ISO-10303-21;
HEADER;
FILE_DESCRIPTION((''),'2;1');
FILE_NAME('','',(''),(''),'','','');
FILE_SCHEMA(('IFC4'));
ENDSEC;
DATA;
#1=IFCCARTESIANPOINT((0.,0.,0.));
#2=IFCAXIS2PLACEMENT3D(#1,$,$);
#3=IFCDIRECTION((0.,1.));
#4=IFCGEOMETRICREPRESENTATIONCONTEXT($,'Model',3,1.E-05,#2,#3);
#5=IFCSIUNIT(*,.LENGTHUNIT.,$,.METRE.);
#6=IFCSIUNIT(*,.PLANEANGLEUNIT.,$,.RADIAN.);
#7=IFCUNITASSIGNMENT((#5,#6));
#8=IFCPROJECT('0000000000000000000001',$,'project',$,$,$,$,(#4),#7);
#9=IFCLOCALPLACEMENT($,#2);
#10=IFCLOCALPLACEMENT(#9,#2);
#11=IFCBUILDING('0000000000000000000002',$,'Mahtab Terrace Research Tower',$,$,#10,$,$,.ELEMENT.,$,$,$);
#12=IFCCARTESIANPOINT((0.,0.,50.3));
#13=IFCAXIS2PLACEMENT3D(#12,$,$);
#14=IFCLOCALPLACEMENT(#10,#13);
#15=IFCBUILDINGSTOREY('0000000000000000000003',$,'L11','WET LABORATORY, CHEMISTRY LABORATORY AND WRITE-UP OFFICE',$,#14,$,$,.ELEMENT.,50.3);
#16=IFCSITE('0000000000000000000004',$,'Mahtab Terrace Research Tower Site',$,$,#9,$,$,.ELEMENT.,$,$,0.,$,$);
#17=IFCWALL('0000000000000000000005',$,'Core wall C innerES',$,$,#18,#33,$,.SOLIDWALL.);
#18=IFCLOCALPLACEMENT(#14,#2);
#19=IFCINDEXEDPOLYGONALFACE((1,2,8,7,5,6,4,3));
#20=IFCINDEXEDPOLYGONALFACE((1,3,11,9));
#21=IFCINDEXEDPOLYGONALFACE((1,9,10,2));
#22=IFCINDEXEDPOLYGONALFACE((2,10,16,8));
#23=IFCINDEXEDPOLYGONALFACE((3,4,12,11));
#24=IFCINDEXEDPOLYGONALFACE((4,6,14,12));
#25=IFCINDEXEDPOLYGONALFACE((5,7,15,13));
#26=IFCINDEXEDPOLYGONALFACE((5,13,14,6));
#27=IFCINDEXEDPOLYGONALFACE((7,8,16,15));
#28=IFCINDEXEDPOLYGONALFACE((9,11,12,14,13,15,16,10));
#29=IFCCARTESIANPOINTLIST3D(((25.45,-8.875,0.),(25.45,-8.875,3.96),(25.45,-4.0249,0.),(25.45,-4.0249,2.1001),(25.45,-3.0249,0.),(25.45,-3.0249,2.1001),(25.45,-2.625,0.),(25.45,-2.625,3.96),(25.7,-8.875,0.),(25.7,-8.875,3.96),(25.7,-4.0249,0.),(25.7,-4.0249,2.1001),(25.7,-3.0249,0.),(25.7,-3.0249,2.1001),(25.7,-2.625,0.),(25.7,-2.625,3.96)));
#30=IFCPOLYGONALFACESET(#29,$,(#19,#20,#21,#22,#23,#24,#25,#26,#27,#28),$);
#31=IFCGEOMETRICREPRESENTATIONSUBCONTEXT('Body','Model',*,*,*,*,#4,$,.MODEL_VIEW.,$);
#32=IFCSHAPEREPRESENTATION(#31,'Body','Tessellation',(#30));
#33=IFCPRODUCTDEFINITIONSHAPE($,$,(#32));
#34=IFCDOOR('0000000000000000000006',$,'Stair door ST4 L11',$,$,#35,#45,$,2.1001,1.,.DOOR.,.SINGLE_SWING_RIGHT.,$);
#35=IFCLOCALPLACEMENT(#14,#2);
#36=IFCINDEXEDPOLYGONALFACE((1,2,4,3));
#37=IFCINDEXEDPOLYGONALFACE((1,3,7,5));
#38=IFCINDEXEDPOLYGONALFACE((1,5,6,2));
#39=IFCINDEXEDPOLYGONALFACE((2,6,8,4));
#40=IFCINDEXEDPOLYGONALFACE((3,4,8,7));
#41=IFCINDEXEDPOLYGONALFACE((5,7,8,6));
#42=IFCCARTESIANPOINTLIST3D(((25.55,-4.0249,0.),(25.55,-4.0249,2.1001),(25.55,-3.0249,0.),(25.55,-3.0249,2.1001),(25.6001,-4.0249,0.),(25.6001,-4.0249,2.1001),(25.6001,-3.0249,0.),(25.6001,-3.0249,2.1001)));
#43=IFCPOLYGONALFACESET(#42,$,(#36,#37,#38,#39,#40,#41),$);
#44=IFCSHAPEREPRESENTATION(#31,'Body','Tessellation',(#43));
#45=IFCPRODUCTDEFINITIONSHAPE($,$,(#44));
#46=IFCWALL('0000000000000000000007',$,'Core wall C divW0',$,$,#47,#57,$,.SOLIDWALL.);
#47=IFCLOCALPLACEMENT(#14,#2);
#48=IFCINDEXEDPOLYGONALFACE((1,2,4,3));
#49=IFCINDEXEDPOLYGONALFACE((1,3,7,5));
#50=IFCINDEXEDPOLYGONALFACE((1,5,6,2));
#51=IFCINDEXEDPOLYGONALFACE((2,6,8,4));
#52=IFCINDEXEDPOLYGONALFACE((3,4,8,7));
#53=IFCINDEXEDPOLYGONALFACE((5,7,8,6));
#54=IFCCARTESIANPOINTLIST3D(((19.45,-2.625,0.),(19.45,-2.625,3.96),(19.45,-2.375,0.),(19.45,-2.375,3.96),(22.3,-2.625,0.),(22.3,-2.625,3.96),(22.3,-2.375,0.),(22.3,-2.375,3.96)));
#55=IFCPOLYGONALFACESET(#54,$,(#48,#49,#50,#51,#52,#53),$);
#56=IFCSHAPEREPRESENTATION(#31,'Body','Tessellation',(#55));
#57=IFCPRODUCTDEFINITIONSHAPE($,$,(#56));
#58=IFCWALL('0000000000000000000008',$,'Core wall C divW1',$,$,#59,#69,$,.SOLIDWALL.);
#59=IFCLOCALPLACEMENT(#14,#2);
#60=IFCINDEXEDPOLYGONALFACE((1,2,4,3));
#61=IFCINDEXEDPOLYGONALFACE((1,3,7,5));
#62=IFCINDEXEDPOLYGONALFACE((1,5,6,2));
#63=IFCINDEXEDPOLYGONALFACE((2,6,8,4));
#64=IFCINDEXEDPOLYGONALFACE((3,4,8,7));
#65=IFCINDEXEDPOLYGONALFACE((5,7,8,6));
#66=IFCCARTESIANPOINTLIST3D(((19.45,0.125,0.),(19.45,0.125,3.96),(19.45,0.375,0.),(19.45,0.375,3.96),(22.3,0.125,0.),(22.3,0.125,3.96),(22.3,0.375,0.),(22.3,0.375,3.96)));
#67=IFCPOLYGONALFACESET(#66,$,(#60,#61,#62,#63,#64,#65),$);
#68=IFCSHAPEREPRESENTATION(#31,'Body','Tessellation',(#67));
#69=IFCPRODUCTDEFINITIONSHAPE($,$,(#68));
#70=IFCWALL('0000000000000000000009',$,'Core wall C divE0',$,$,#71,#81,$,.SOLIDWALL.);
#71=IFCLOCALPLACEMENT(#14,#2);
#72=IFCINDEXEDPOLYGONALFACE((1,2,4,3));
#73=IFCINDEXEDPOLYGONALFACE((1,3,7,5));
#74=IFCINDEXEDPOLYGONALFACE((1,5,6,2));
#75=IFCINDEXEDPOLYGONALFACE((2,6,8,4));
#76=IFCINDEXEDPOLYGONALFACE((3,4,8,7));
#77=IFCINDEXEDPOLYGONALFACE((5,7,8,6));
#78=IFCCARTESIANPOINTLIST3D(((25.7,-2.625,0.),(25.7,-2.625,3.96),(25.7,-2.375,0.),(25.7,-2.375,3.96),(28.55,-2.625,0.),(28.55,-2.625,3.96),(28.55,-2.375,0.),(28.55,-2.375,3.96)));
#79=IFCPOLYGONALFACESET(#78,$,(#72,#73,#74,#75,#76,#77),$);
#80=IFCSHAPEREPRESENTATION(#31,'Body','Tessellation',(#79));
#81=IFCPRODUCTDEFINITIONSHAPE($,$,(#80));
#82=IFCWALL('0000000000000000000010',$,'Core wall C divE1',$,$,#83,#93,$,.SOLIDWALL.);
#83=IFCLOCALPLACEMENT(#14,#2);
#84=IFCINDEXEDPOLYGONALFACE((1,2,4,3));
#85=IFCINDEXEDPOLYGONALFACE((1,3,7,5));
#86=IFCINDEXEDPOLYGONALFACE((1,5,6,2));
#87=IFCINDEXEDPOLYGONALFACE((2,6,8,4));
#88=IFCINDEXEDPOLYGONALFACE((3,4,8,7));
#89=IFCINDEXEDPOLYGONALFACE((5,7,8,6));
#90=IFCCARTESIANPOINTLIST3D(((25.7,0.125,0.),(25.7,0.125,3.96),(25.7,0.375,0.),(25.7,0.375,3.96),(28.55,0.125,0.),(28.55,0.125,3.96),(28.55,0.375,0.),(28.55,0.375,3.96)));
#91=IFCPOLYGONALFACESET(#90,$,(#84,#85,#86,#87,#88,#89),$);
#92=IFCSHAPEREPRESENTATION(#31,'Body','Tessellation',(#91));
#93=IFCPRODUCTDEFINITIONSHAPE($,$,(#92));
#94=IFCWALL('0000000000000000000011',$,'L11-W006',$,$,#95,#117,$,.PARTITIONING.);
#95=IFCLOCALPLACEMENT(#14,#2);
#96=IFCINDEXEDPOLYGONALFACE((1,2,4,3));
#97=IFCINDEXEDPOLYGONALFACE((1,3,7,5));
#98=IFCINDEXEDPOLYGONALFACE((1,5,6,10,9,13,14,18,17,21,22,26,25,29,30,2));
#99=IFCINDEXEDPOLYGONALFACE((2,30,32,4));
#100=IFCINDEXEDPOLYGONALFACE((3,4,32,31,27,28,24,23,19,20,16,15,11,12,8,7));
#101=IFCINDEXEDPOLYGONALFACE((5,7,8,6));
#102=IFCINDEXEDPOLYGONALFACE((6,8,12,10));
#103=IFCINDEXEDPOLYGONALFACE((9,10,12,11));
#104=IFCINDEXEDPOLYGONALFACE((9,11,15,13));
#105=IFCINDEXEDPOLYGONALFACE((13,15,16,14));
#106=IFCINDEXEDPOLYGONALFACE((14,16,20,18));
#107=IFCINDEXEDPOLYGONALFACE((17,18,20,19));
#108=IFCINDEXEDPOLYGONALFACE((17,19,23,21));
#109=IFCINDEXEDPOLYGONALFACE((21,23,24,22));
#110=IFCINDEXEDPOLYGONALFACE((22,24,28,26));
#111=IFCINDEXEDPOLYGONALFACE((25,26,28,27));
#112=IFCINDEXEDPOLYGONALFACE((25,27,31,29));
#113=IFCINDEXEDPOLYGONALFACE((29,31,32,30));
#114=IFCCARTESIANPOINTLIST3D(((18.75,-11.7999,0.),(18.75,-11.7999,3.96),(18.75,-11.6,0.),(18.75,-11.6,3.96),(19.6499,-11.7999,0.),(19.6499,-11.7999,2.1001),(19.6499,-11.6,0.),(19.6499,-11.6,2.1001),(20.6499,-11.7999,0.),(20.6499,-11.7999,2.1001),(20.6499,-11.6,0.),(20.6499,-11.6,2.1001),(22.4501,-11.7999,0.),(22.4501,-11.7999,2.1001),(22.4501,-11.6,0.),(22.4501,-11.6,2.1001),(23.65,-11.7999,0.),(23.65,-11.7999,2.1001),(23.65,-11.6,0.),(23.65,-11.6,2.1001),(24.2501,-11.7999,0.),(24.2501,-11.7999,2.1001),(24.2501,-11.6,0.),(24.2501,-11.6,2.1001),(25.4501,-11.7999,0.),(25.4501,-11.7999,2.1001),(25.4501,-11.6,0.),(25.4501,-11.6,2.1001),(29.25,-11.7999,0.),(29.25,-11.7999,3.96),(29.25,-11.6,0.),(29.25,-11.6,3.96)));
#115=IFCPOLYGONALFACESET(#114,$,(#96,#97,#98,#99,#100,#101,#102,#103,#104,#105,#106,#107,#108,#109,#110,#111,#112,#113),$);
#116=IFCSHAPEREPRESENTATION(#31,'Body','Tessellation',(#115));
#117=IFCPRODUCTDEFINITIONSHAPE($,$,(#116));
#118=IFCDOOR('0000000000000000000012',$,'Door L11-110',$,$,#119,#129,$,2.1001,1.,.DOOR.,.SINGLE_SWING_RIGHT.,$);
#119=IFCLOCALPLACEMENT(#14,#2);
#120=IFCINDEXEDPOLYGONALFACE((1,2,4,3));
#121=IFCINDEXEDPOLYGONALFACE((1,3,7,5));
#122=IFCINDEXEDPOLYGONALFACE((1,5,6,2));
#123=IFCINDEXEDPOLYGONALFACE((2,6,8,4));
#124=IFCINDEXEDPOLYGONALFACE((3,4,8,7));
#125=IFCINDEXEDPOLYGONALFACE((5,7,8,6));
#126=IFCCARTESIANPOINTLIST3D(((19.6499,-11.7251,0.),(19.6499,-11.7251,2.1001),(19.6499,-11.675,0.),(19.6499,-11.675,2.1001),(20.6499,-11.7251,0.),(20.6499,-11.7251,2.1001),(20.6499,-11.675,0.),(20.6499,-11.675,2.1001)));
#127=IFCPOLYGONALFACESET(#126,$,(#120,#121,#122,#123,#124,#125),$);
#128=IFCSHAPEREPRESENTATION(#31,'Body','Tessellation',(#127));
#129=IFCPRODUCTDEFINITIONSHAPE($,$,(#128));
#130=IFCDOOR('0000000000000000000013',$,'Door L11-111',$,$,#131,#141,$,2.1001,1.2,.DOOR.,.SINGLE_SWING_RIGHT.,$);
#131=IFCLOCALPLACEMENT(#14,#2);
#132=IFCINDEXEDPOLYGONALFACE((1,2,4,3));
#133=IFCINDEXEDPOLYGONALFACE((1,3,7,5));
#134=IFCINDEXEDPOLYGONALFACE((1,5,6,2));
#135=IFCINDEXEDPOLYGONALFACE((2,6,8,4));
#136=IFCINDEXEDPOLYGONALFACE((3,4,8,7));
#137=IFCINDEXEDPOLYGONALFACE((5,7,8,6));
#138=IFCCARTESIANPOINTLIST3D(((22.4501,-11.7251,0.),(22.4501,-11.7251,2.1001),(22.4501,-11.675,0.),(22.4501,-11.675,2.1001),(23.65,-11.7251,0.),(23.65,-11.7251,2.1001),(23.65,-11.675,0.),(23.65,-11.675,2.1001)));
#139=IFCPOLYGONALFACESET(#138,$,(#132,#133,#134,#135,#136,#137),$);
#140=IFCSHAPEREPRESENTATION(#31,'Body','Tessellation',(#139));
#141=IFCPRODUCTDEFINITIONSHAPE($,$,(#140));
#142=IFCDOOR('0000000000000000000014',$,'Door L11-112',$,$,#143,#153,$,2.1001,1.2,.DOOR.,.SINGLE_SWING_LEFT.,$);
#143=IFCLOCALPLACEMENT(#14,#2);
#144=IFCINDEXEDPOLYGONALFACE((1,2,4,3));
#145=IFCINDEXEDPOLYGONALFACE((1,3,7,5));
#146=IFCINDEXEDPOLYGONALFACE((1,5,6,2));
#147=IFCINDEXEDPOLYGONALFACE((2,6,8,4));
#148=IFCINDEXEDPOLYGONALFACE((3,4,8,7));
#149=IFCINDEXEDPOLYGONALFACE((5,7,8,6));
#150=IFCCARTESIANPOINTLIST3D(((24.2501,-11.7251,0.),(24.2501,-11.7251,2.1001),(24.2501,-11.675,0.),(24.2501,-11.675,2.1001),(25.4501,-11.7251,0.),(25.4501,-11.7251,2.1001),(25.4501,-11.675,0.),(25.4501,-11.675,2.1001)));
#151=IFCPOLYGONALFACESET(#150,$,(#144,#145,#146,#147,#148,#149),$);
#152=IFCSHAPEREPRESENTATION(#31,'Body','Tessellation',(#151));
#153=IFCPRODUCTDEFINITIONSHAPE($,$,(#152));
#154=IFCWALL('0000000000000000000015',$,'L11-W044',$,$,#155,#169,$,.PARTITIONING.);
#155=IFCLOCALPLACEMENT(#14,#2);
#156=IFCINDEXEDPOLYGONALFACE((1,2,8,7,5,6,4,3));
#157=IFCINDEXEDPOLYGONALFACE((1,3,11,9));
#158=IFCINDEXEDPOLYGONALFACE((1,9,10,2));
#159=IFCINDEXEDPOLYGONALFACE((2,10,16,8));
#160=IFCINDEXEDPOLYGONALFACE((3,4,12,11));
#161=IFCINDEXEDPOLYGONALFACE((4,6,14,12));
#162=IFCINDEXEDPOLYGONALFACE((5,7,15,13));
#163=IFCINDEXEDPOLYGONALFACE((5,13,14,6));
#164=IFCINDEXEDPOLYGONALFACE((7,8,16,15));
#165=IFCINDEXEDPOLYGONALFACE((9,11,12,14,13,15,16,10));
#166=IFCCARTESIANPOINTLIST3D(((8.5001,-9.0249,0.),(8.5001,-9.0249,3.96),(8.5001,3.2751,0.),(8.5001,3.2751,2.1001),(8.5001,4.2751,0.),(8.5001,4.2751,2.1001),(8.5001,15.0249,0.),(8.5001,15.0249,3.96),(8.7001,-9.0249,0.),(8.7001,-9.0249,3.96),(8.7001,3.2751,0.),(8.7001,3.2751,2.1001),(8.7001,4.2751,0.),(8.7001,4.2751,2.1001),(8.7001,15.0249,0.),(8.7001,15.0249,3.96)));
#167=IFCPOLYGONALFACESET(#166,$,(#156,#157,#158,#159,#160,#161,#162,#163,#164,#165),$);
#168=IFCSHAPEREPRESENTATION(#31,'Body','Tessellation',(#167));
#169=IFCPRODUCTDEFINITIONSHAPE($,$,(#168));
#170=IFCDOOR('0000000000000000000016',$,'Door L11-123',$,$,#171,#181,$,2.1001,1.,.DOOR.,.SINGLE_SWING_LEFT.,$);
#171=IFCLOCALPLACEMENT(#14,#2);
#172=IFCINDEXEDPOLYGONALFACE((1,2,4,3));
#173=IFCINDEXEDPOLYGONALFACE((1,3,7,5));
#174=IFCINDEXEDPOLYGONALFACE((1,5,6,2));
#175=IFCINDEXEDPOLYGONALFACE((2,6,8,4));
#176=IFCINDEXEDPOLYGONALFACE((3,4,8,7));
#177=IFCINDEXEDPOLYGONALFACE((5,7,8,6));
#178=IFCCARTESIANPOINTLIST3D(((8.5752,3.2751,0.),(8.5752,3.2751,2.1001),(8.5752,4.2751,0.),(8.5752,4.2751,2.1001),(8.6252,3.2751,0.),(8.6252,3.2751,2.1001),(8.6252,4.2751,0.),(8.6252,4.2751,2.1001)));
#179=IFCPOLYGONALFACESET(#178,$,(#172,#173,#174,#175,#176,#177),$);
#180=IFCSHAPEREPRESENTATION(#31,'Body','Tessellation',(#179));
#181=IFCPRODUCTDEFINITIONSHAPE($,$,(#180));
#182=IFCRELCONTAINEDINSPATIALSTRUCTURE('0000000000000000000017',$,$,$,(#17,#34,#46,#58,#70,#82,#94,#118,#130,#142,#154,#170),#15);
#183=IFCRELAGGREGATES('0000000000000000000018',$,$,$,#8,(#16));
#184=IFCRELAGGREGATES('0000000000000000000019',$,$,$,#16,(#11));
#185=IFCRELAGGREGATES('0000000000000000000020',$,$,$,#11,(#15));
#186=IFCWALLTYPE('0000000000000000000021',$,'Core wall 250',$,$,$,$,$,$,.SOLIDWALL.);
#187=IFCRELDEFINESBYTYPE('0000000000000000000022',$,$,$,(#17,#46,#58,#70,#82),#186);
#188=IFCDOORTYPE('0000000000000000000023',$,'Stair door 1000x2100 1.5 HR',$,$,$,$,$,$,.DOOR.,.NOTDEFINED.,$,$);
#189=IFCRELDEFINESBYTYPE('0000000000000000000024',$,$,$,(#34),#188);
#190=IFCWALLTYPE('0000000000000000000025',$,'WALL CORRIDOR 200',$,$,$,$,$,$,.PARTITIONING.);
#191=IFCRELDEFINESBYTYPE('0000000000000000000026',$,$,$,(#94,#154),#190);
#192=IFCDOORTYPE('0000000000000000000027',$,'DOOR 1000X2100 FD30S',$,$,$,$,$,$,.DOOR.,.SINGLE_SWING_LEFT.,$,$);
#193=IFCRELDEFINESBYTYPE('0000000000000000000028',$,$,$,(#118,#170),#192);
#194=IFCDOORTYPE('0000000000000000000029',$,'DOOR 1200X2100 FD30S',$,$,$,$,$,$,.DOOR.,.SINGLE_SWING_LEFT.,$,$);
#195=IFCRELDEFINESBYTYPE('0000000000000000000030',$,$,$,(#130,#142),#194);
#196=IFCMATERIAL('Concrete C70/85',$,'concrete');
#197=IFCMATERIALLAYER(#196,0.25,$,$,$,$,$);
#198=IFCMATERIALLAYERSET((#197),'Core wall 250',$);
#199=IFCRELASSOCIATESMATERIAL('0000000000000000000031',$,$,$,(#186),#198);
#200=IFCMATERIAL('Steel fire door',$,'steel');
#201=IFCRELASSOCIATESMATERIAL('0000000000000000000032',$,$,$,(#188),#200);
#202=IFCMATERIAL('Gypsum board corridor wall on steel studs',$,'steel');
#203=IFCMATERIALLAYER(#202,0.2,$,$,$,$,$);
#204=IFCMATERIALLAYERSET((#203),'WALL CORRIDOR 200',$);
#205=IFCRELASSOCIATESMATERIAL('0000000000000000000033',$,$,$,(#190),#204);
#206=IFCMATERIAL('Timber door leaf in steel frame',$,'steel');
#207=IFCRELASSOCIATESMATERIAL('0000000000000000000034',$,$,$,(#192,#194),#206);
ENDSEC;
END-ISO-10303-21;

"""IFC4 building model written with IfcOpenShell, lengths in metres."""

from ifc_helpers import new_model, si_unit, direction, frame, frame_2d, origin, place, context, subcontext, project, spatial, rectangle, extrude, material, layer, layer_set, type_object, element, fill, save


model = new_model("IFC4")

# Units and contexts
model_context = context("Model", 3, precision=1e-05, world=origin(), true_north=direction((0.0, 1.0)))
body_context = subcontext(model_context, "Body", "Model", "MODEL_VIEW")
ifc_project = project(units=[si_unit("LENGTHUNIT", "METRE"), si_unit("PLANEANGLEUNIT", "RADIAN")], contexts=[model_context])

# Site, building, storey
site_placement = place(None, origin())
site = spatial("IfcSite", under=ifc_project, at=site_placement, Name="Mahtab Terrace Research Tower Site", CompositionType="ELEMENT", RefElevation=0.0)
building_placement = place(site_placement, origin())
building = spatial("IfcBuilding", under=site, at=building_placement, Name="Mahtab Terrace Research Tower", CompositionType="ELEMENT")
storey_placement = place(building_placement, frame((0.0, 0.0, 50.3)))
storey = spatial("IfcBuildingStorey", under=building, at=storey_placement, Name="L11", Description="WET LABORATORY, CHEMISTRY LABORATORY AND WRITE-UP OFFICE", CompositionType="ELEMENT", Elevation=50.3)

# Shared definitions
ifc_material_1 = material(Name="Concrete C70/85", Category="concrete")

# Shared definitions
ifc_layer_1 = layer(ifc_material_1, 0.25)
ifc_layer_set_1 = layer_set([ifc_layer_1], Name="Core wall 250")
wall_type_1 = type_object("IfcWallType", Name="Core wall 250", PredefinedType="SOLIDWALL", material=ifc_layer_set_1)
ifc_material_2 = material(Name="Steel fire door", Category="steel")

# Wall, opening, door
wall_1_placement = place(storey_placement, frame((25.575, -8.875, 0.0), z_axis=(0.0, 0.0, 1.0), x_axis=(0.0, 1.0, 0.0)))
wall_1 = element("IfcWall", 1, at=wall_1_placement, inside=storey, type_object=wall_type_1, Name="Core wall C innerES", PredefinedType="SOLIDWALL", context=body_context, shape_type="SweptSolid", body=[
    extrude(rectangle(XDim=6.25, YDim=0.25, at=frame_2d((3.125, 0.0))), origin(), (0.0, 0.0, 1.0), 3.96),
])
opening_1_placement = place(wall_1_placement, frame((4.8501, 0.0, 0.0)))
opening_1 = element("IfcOpeningElement", 2, at=opening_1_placement, cuts=wall_1, PredefinedType="OPENING", context=body_context, shape_type="SweptSolid", body=[
    extrude(rectangle(XDim=1.0, YDim=2.1001, at=frame_2d((0.5, 1.05))), frame((0.0, 0.135, 0.0), z_axis=(0.0, -1.0, 0.0), x_axis=(1.0, 0.0, 0.0)), (0.0, 0.0, 1.0), 0.27),
])
door_type_1 = type_object("IfcDoorType", Name="Stair door 1000x2100 1.5 HR", OperationType="NOTDEFINED", PredefinedType="DOOR", material=ifc_material_2)
door_1_placement = place(opening_1_placement, origin())
door_1 = element("IfcDoor", 3, at=door_1_placement, inside=storey, type_object=door_type_1, Name="Stair door ST4 L11", OperationType="SINGLE_SWING_RIGHT", OverallHeight=2.1001, OverallWidth=1.0, PredefinedType="DOOR", context=body_context, shape_type="SweptSolid", body=[
    extrude(rectangle(XDim=1.0, YDim=2.1001, at=frame_2d((0.5, 1.05))), frame((0.0, 0.0249, 0.0), z_axis=(0.0, -1.0, 0.0), x_axis=(1.0, 0.0, 0.0)), (0.0, 0.0, 1.0), 0.05),
])
fill(opening_1, door_1)

# Walls
for number, where, z_axis, x_axis, name in (
    (4, (19.45, -2.5, 0.0), (0.0, 0.0, 1.0), (1.0, 0.0, 0.0), "Core wall C divW0"),
    (5, (19.45, 0.25, 0.0), (0.0, 0.0, 1.0), (1.0, 0.0, 0.0), "Core wall C divW1"),
    (6, (25.7, -2.5, 0.0), (0.0, 0.0, 1.0), (1.0, 0.0, 0.0), "Core wall C divE0"),
    (7, (25.7, 0.25, 0.0), (0.0, 0.0, 1.0), (1.0, 0.0, 0.0), "Core wall C divE1"),
):
    element("IfcWall", number, at=place(storey_placement, frame(where, z_axis=z_axis, x_axis=x_axis)), inside=storey, type_object=wall_type_1, Name=name, PredefinedType="SOLIDWALL", context=body_context, shape_type="SweptSolid", body=[
        extrude(rectangle(XDim=2.8501, YDim=0.25, at=frame_2d((1.425, 0.0))), origin(), (0.0, 0.0, 1.0), 3.96),
    ])

# Wall, openings, doors
ifc_material_3 = material(Name="Gypsum board corridor wall on steel studs", Category="steel")
ifc_layer_2 = layer(ifc_material_3, 0.2)
ifc_layer_set_2 = layer_set([ifc_layer_2], Name="WALL CORRIDOR 200")
wall_type_2 = type_object("IfcWallType", Name="WALL CORRIDOR 200", PredefinedType="PARTITIONING", material=ifc_layer_set_2)
wall_2_placement = place(storey_placement, frame((18.75, -11.7, 0.0), z_axis=(0.0, 0.0, 1.0), x_axis=(1.0, 0.0, 0.0)))
wall_2 = element("IfcWall", 8, at=wall_2_placement, inside=storey, type_object=wall_type_2, Name="L11-W006", PredefinedType="PARTITIONING", context=body_context, shape_type="SweptSolid", body=[
    extrude(rectangle(XDim=10.5, YDim=0.2, at=frame_2d((5.25, 0.0))), origin(), (0.0, 0.0, 1.0), 3.96),
])
opening_2_placement = place(wall_2_placement, frame((0.8999, 0.0, 0.0)))
opening_2 = element("IfcOpeningElement", 9, at=opening_2_placement, cuts=wall_2, PredefinedType="OPENING", context=body_context, shape_type="SweptSolid", body=[
    extrude(rectangle(XDim=1.0, YDim=2.1001, at=frame_2d((0.5, 1.05))), frame((0.0, 0.1099, 0.0), z_axis=(0.0, -1.0, 0.0), x_axis=(1.0, 0.0, 0.0)), (0.0, 0.0, 1.0), 0.22),
])
opening_3_placement = place(wall_2_placement, frame((3.7, 0.0, 0.0)))
opening_3 = element("IfcOpeningElement", 10, at=opening_3_placement, cuts=wall_2, PredefinedType="OPENING", context=body_context, shape_type="SweptSolid", body=[
    extrude(rectangle(XDim=1.2, YDim=2.1001, at=frame_2d((0.6001, 1.05))), frame((0.0, 0.1099, 0.0), z_axis=(0.0, -1.0, 0.0), x_axis=(1.0, 0.0, 0.0)), (0.0, 0.0, 1.0), 0.22),
])
opening_4_placement = place(wall_2_placement, frame((5.5, 0.0, 0.0)))
opening_4 = element("IfcOpeningElement", 11, at=opening_4_placement, cuts=wall_2, PredefinedType="OPENING", context=body_context, shape_type="SweptSolid", body=[
    extrude(rectangle(XDim=1.2, YDim=2.1001, at=frame_2d((0.6001, 1.05))), frame((0.0, 0.1099, 0.0), z_axis=(0.0, -1.0, 0.0), x_axis=(1.0, 0.0, 0.0)), (0.0, 0.0, 1.0), 0.22),
])
ifc_material_4 = material(Name="Timber door leaf in steel frame", Category="steel")
door_type_2 = type_object("IfcDoorType", Name="DOOR 1000X2100 FD30S", OperationType="SINGLE_SWING_LEFT", PredefinedType="DOOR", material=ifc_material_4)
door_2_placement = place(opening_2_placement, origin())
door_2 = element("IfcDoor", 12, at=door_2_placement, inside=storey, type_object=door_type_2, Name="Door L11-110", OperationType="SINGLE_SWING_RIGHT", OverallHeight=2.1001, OverallWidth=1.0, PredefinedType="DOOR", context=body_context, shape_type="SweptSolid", body=[
    extrude(rectangle(XDim=1.0, YDim=2.1001, at=frame_2d((0.5, 1.05))), frame((0.0, 0.0249, 0.0), z_axis=(0.0, -1.0, 0.0), x_axis=(1.0, 0.0, 0.0)), (0.0, 0.0, 1.0), 0.05),
])
fill(opening_2, door_2)
door_type_3 = type_object("IfcDoorType", Name="DOOR 1200X2100 FD30S", OperationType="SINGLE_SWING_LEFT", PredefinedType="DOOR", material=ifc_material_4)
door_3_placement = place(opening_3_placement, origin())
door_3 = element("IfcDoor", 13, at=door_3_placement, inside=storey, type_object=door_type_3, Name="Door L11-111", OperationType="SINGLE_SWING_RIGHT", OverallHeight=2.1001, OverallWidth=1.2, PredefinedType="DOOR", context=body_context, shape_type="SweptSolid", body=[
    extrude(rectangle(XDim=1.2, YDim=2.1001, at=frame_2d((0.6001, 1.05))), frame((0.0, 0.0249, 0.0), z_axis=(0.0, -1.0, 0.0), x_axis=(1.0, 0.0, 0.0)), (0.0, 0.0, 1.0), 0.05),
])
fill(opening_3, door_3)
door_4_placement = place(opening_4_placement, origin())
door_4 = element("IfcDoor", 14, at=door_4_placement, inside=storey, type_object=door_type_3, Name="Door L11-112", OperationType="SINGLE_SWING_LEFT", OverallHeight=2.1001, OverallWidth=1.2, PredefinedType="DOOR", context=body_context, shape_type="SweptSolid", body=[
    extrude(rectangle(XDim=1.2, YDim=2.1001, at=frame_2d((0.6001, 1.05))), frame((0.0, 0.0249, 0.0), z_axis=(0.0, -1.0, 0.0), x_axis=(1.0, 0.0, 0.0)), (0.0, 0.0, 1.0), 0.05),
])
fill(opening_4, door_4)

# Wall, opening, door
wall_3_placement = place(storey_placement, frame((8.6001, -9.0249, 0.0), z_axis=(0.0, 0.0, 1.0), x_axis=(0.0, 1.0, 0.0)))
wall_3 = element("IfcWall", 15, at=wall_3_placement, inside=storey, type_object=wall_type_2, Name="L11-W044", PredefinedType="PARTITIONING", context=body_context, shape_type="SweptSolid", body=[
    extrude(rectangle(XDim=24.0498, YDim=0.2, at=frame_2d((12.0249, 0.0))), origin(), (0.0, 0.0, 1.0), 3.96),
])
opening_5_placement = place(wall_3_placement, frame((12.3, 0.0, 0.0)))
opening_5 = element("IfcOpeningElement", 16, at=opening_5_placement, cuts=wall_3, PredefinedType="OPENING", context=body_context, shape_type="SweptSolid", body=[
    extrude(rectangle(XDim=1.0, YDim=2.1001, at=frame_2d((0.5, 1.05))), frame((0.0, 0.1099, 0.0), z_axis=(0.0, -1.0, 0.0), x_axis=(1.0, 0.0, 0.0)), (0.0, 0.0, 1.0), 0.22),
])
door_5_placement = place(opening_5_placement, origin())
door_5 = element("IfcDoor", 17, at=door_5_placement, inside=storey, type_object=door_type_2, Name="Door L11-123", OperationType="SINGLE_SWING_LEFT", OverallHeight=2.1001, OverallWidth=1.0, PredefinedType="DOOR", context=body_context, shape_type="SweptSolid", body=[
    extrude(rectangle(XDim=1.0, YDim=2.1001, at=frame_2d((0.5, 1.05))), frame((0.0, 0.0249, 0.0), z_axis=(0.0, -1.0, 0.0), x_axis=(1.0, 0.0, 0.0)), (0.0, 0.0, 1.0), 0.05),
])
fill(opening_5, door_5)

save(model, "model.ifc")
